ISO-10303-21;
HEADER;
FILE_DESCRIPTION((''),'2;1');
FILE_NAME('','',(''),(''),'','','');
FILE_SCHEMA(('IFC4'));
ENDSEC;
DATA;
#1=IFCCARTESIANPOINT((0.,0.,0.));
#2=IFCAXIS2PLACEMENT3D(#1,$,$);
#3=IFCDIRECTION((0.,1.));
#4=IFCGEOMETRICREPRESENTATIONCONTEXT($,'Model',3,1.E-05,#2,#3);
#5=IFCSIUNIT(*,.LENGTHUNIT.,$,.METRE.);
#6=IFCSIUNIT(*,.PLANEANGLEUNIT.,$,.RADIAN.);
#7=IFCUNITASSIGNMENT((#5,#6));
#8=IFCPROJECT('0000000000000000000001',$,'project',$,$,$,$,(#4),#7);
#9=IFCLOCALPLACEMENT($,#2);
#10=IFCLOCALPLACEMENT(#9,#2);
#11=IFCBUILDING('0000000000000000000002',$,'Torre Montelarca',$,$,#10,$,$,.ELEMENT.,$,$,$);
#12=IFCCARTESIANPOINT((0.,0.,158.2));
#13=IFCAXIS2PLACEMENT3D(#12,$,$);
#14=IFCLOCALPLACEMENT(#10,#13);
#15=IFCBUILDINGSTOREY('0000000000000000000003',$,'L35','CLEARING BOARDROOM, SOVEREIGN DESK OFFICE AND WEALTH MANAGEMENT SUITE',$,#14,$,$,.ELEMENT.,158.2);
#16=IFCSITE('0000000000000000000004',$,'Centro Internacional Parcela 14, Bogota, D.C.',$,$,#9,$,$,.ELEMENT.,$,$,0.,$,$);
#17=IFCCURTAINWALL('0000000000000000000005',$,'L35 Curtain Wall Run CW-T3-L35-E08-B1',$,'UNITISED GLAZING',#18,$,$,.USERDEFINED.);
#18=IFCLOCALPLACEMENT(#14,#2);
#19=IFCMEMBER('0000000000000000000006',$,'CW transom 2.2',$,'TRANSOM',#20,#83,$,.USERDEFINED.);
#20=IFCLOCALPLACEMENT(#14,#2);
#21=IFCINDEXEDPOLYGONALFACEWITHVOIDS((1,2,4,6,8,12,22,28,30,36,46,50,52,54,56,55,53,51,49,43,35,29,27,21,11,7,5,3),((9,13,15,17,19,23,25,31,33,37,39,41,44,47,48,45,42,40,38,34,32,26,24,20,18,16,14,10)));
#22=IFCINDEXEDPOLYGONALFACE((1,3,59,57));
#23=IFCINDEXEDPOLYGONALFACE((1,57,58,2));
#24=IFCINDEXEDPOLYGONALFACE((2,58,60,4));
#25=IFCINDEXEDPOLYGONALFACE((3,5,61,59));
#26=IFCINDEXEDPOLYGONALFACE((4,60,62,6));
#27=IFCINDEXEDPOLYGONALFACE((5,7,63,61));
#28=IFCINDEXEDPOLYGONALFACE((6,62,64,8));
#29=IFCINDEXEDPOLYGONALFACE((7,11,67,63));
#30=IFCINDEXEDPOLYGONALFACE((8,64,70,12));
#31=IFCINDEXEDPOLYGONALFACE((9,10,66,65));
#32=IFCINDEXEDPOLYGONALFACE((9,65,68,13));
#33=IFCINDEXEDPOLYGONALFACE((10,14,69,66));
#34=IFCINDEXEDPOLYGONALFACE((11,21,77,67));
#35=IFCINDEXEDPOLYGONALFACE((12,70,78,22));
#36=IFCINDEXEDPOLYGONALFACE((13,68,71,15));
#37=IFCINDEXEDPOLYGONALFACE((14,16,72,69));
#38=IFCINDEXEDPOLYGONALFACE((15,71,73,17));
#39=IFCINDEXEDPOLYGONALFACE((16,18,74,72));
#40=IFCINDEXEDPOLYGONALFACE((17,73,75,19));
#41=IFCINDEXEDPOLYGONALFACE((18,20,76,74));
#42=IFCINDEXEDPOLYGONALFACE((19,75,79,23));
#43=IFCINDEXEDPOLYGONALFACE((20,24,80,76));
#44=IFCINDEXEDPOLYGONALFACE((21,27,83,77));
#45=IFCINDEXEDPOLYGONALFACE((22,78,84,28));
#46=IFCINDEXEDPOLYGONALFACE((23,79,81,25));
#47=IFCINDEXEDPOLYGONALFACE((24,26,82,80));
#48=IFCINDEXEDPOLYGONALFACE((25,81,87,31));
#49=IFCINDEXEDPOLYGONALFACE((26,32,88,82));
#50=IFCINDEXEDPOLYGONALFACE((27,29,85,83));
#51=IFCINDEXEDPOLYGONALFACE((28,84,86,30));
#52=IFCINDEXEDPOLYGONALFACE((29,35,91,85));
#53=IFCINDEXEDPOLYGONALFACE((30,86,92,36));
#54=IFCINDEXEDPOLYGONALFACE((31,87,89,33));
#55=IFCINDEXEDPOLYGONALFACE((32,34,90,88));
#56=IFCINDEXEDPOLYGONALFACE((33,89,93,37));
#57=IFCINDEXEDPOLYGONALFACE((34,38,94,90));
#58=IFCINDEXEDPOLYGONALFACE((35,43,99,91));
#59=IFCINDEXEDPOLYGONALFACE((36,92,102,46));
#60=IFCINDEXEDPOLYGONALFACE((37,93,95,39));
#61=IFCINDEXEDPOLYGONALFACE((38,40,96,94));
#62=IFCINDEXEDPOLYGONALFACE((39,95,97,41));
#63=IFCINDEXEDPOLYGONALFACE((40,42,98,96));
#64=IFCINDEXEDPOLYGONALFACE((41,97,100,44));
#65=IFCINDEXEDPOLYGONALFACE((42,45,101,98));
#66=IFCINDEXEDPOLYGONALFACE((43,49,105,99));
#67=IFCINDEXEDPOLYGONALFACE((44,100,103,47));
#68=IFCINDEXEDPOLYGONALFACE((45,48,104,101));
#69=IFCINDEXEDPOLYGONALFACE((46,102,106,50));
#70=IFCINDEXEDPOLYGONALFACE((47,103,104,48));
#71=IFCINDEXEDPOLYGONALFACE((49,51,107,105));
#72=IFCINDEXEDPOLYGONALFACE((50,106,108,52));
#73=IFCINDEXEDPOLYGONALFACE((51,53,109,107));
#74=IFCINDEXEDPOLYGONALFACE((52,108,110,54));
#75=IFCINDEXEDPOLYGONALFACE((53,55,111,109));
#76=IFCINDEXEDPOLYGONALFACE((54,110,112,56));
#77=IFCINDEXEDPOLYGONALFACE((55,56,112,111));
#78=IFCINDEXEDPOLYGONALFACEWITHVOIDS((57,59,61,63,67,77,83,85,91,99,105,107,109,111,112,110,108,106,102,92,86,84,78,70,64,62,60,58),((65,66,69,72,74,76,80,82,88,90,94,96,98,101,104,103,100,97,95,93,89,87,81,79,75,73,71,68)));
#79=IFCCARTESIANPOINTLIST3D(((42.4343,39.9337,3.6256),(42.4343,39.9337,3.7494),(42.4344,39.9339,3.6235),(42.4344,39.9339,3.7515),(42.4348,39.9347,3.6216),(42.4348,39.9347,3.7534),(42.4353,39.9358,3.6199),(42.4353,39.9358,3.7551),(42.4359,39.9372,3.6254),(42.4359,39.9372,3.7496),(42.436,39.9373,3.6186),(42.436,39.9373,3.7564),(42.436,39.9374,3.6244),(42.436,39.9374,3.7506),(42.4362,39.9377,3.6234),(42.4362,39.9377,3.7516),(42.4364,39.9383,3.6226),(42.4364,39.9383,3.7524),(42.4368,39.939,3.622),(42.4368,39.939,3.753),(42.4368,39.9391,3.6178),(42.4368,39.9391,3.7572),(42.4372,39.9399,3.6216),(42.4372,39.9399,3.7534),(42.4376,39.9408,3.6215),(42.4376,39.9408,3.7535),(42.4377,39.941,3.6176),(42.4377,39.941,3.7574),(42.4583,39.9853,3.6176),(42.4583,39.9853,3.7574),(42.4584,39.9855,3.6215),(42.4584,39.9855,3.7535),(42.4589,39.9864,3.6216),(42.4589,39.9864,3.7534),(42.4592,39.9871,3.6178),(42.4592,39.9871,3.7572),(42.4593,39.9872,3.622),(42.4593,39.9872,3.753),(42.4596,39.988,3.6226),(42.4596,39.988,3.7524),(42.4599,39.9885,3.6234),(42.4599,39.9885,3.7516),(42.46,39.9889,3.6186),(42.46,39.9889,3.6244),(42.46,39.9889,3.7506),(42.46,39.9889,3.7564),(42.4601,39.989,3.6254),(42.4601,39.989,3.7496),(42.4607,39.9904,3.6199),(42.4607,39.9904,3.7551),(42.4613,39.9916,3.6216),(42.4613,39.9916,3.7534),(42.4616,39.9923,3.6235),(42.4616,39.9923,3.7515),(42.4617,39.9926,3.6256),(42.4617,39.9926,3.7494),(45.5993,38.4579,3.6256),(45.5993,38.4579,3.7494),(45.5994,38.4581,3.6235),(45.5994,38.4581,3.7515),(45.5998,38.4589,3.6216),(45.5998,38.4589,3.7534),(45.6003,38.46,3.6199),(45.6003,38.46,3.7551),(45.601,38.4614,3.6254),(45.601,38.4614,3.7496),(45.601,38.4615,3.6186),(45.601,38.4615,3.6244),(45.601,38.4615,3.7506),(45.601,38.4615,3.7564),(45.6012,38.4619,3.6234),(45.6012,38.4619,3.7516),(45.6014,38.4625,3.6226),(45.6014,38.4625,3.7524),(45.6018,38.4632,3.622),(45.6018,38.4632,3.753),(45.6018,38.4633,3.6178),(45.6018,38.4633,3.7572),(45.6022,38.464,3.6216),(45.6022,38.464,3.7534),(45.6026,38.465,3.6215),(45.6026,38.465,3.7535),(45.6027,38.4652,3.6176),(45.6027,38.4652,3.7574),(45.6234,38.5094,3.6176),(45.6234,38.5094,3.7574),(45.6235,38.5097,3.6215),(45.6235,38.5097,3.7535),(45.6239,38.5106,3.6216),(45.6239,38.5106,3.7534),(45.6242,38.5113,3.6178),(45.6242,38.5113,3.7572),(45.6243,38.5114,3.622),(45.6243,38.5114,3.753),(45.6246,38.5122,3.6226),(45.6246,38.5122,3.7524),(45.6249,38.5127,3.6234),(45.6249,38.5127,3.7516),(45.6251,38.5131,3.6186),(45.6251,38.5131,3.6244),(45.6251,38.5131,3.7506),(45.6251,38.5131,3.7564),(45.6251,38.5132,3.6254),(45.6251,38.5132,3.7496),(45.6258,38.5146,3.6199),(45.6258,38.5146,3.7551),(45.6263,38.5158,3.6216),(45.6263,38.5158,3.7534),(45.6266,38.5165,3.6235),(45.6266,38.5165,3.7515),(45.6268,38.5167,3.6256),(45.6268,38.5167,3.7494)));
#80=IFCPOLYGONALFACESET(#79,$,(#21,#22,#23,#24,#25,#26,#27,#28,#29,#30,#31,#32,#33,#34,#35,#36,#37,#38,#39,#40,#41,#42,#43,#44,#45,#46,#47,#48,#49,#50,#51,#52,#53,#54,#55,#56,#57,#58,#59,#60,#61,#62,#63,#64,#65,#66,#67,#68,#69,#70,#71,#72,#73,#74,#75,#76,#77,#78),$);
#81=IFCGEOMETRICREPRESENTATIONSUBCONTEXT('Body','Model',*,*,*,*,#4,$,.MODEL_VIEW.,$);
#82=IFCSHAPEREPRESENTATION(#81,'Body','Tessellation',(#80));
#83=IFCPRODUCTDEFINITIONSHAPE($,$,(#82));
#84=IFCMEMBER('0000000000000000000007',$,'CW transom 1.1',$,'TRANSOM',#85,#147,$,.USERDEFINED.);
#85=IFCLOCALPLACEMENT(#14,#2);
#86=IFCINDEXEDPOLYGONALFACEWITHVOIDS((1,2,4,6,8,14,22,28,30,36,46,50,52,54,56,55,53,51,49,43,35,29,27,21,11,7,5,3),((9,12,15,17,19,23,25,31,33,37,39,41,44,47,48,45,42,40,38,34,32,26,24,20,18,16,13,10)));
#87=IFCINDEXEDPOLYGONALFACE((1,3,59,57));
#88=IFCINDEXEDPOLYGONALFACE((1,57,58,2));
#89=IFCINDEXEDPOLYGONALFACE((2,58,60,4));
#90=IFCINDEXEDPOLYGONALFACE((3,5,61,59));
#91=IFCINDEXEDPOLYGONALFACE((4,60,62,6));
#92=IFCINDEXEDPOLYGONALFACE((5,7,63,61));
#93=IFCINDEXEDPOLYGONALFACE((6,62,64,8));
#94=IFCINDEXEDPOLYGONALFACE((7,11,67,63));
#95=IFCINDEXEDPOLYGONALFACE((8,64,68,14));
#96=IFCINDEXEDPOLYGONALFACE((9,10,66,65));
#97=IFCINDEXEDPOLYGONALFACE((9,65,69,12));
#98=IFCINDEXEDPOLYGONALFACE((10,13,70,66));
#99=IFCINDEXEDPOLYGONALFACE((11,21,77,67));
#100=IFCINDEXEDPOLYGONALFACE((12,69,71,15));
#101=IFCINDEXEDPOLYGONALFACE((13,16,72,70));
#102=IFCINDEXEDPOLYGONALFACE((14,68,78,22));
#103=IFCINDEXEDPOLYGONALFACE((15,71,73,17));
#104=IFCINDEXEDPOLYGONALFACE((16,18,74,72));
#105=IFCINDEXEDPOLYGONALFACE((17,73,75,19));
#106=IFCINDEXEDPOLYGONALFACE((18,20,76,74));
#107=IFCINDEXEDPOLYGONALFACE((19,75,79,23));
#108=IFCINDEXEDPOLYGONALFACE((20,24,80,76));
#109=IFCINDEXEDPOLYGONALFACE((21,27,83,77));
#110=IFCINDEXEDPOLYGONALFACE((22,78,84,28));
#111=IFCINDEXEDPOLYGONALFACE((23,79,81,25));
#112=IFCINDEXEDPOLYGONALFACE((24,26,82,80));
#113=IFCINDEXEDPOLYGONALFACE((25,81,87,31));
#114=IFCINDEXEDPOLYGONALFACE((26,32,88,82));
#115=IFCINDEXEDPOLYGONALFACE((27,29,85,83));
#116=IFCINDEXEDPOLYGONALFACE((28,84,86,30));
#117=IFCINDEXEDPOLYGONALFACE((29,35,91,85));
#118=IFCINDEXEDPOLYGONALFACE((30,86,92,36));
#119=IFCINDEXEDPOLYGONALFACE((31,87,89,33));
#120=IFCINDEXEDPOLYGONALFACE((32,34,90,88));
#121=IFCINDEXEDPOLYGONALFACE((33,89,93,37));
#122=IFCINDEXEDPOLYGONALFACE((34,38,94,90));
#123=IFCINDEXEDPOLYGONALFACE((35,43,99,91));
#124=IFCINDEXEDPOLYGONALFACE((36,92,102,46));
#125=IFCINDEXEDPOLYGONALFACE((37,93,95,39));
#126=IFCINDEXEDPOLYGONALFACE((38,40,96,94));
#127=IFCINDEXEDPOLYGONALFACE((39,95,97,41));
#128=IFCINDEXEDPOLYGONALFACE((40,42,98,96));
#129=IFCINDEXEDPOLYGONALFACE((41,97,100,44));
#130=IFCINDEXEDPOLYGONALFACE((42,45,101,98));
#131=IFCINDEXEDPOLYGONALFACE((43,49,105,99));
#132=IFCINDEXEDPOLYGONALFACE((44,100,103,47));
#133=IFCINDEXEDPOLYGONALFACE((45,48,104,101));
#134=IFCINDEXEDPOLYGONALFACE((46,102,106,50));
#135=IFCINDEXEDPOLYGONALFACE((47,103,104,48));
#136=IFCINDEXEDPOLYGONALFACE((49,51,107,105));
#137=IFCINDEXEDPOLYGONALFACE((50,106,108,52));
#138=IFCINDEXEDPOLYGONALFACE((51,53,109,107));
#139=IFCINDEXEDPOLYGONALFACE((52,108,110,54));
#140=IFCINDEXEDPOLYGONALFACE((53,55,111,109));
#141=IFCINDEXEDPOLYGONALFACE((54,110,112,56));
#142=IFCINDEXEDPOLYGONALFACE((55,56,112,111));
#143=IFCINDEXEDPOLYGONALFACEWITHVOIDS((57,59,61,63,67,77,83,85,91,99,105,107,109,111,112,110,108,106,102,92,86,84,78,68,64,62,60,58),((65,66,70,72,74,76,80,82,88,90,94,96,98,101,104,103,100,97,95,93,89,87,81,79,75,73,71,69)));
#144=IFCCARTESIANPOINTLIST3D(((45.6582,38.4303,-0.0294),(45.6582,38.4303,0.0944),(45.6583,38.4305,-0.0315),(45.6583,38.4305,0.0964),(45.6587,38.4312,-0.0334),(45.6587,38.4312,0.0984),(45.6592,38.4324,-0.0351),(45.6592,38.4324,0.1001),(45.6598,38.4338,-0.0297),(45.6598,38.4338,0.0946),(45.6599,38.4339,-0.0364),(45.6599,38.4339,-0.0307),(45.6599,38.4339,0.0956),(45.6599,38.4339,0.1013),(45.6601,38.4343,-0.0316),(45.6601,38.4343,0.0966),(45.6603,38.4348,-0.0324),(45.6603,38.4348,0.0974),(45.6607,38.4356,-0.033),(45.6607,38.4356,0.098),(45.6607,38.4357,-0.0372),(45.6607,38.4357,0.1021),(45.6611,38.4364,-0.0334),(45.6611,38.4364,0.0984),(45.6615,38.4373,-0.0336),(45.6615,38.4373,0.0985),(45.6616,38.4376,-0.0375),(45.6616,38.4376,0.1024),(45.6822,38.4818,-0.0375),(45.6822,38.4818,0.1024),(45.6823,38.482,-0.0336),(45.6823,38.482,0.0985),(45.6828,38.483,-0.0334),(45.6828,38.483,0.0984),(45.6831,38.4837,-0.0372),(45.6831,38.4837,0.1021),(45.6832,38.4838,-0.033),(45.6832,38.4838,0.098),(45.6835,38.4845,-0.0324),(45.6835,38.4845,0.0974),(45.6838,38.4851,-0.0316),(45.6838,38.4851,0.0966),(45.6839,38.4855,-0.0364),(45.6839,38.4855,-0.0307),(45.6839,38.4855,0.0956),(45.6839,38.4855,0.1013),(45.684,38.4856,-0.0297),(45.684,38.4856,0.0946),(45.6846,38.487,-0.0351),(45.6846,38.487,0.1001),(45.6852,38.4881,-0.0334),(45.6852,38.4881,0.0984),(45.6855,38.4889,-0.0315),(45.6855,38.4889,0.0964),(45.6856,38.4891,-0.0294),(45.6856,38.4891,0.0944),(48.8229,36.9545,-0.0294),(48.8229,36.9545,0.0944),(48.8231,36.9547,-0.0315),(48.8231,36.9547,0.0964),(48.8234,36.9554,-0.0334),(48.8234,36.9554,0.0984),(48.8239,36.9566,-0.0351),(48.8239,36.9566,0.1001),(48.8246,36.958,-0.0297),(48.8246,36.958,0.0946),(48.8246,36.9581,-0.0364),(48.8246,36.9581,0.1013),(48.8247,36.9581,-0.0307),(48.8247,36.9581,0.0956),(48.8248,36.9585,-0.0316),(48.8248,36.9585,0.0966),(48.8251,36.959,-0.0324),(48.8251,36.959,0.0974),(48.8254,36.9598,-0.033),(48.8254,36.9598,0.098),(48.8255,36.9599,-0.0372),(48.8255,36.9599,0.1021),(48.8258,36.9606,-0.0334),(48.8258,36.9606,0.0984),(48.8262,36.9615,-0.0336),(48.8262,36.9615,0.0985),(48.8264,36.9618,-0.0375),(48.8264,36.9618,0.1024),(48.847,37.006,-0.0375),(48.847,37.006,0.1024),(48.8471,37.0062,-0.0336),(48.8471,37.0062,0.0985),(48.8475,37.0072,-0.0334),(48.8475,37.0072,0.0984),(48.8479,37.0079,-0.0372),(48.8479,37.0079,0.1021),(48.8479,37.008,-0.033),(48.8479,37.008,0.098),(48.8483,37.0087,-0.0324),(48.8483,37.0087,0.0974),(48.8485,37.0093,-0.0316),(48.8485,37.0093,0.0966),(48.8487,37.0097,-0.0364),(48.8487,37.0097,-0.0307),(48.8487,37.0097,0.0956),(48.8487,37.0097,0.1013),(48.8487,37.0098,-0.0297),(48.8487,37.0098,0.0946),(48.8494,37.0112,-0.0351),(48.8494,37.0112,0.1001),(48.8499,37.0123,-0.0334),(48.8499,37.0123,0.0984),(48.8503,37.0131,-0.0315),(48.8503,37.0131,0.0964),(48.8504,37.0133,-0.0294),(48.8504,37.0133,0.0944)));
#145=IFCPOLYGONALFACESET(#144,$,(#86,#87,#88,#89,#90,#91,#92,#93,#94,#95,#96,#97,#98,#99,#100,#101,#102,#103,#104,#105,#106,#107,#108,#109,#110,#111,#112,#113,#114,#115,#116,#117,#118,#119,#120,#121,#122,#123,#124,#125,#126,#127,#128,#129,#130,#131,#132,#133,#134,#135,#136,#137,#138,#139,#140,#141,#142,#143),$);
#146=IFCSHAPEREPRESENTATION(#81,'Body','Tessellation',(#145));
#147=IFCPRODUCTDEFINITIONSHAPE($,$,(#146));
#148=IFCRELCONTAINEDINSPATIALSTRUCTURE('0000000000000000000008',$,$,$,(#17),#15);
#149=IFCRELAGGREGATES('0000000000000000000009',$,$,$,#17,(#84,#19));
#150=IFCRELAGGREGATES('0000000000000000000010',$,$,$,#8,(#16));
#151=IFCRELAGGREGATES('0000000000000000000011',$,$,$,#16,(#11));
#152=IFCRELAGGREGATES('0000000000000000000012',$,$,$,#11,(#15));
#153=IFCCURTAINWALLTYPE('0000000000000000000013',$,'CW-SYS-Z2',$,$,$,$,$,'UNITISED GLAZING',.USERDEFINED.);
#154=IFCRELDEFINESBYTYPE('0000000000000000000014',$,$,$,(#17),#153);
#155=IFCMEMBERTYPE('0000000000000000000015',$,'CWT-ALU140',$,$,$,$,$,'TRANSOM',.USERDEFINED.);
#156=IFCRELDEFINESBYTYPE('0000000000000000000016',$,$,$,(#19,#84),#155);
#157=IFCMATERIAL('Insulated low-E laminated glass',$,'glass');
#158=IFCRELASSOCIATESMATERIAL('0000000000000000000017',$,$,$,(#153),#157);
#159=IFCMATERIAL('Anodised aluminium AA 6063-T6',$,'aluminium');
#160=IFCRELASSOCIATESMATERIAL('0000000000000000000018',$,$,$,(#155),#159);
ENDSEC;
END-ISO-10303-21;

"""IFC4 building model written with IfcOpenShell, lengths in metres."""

from ifc_helpers import new_model, si_unit, direction, frame, origin, origin_2d, place, context, subcontext, project, spatial, hollow_rectangle, extrude, source, transform, mapped, material, material_profile, profile_set, type_object, element, aggregate, save


model = new_model("IFC4")

# Units and contexts
model_context = context("Model", 3, precision=1e-05, world=origin(), true_north=direction((0.0, 1.0)))
body_context = subcontext(model_context, "Body", "Model", "MODEL_VIEW")
ifc_project = project(units=[si_unit("LENGTHUNIT", "METRE"), si_unit("PLANEANGLEUNIT", "RADIAN")], contexts=[model_context])

# Site, building, storey
site_placement = place(None, origin())
site = spatial("IfcSite", under=ifc_project, at=site_placement, Name="Centro Internacional Parcela 14, Bogota, D.C.", CompositionType="ELEMENT", RefElevation=0.0)
building_placement = place(site_placement, origin())
building = spatial("IfcBuilding", under=site, at=building_placement, Name="Torre Montelarca", CompositionType="ELEMENT")
storey_placement = place(building_placement, frame((0.0, 0.0, 158.2)))
storey = spatial("IfcBuildingStorey", under=building, at=storey_placement, Name="L35", Description="CLEARING BOARDROOM, SOVEREIGN DESK OFFICE AND WEALTH MANAGEMENT SUITE", CompositionType="ELEMENT", Elevation=158.2)

# Curtain wall
ifc_material_1 = material(Name="Insulated low-E laminated glass", Category="glass")
curtain_wall_type = type_object("IfcCurtainWallType", Name="CW-SYS-Z2", ElementType="UNITISED GLAZING", PredefinedType="USERDEFINED", material=ifc_material_1)
ifc_material_2 = material(Name="Anodised aluminium AA 6063-T6", Category="aluminium")
ifc_material_profile_1 = material_profile(ifc_material_2, hollow_rectangle(XDim=0.0649, YDim=0.1399, WallThickness=0.0039, InnerFilletRadius=0.0039, OuterFilletRadius=0.0081, at=origin_2d()), Name="ALU65X140X4", Category="aluminium")
ifc_profile_set_1 = profile_set([ifc_material_profile_1], Name="Anodised aluminium AA 6063-T6")
member_type_1 = type_object("IfcMemberType", Name="CWT-ALU140", ElementType="TRANSOM", PredefinedType="USERDEFINED", material=ifc_profile_set_1)
curtain_wall_1_placement = place(storey_placement, origin())
curtain_wall_1 = element("IfcCurtainWall", 1, at=curtain_wall_1_placement, inside=storey, type_object=curtain_wall_type, Name="L35 Curtain Wall Run CW-T3-L35-E08-B1", ObjectType="UNITISED GLAZING", PredefinedType="USERDEFINED")

# Members
shared_shape_1 = source(origin(), body_context, "Body", "SweptSolid", [
    extrude(hollow_rectangle(XDim=0.0649, YDim=0.1399, WallThickness=0.0039, InnerFilletRadius=0.0039, OuterFilletRadius=0.0081, at=origin_2d()), origin(), (0.0, 0.0, 1.0), 3.4922),
])
member_1_placement = place(storey_placement, frame((45.613, 38.4873, 3.6875), z_axis=(-0.906313, 0.422606, 0.0), x_axis=(-0.422606, -0.906313, 0.0)))
member_1 = element("IfcMember", 2, at=member_1_placement, type_object=member_type_1, Name="CW transom 2.2", ObjectType="TRANSOM", PredefinedType="USERDEFINED", context=body_context, shape_type="MappedRepresentation", body=[
    mapped(shared_shape_1, transform((0.0, 0.0, 0.0), scale=1.0)),
])
shared_shape_2 = source(origin(), body_context, "Body", "SweptSolid", [
    extrude(hollow_rectangle(XDim=0.0649, YDim=0.1399, WallThickness=0.0039, InnerFilletRadius=0.0039, OuterFilletRadius=0.0081, at=origin_2d()), origin(), (0.0, 0.0, 1.0), 3.4919),
])
member_2_placement = place(storey_placement, frame((48.8367, 36.9839, 0.0325), z_axis=(-0.906301, 0.422633, 0.0), x_axis=(-0.422633, -0.906301, 0.0)))
member_2 = element("IfcMember", 3, at=member_2_placement, type_object=member_type_1, Name="CW transom 1.1", ObjectType="TRANSOM", PredefinedType="USERDEFINED", context=body_context, shape_type="MappedRepresentation", body=[
    mapped(shared_shape_2, transform((0.0, 0.0, 0.0), scale=1.0)),
])

aggregate(curtain_wall_1, [member_2, member_1])

save(model, "model.ifc")
